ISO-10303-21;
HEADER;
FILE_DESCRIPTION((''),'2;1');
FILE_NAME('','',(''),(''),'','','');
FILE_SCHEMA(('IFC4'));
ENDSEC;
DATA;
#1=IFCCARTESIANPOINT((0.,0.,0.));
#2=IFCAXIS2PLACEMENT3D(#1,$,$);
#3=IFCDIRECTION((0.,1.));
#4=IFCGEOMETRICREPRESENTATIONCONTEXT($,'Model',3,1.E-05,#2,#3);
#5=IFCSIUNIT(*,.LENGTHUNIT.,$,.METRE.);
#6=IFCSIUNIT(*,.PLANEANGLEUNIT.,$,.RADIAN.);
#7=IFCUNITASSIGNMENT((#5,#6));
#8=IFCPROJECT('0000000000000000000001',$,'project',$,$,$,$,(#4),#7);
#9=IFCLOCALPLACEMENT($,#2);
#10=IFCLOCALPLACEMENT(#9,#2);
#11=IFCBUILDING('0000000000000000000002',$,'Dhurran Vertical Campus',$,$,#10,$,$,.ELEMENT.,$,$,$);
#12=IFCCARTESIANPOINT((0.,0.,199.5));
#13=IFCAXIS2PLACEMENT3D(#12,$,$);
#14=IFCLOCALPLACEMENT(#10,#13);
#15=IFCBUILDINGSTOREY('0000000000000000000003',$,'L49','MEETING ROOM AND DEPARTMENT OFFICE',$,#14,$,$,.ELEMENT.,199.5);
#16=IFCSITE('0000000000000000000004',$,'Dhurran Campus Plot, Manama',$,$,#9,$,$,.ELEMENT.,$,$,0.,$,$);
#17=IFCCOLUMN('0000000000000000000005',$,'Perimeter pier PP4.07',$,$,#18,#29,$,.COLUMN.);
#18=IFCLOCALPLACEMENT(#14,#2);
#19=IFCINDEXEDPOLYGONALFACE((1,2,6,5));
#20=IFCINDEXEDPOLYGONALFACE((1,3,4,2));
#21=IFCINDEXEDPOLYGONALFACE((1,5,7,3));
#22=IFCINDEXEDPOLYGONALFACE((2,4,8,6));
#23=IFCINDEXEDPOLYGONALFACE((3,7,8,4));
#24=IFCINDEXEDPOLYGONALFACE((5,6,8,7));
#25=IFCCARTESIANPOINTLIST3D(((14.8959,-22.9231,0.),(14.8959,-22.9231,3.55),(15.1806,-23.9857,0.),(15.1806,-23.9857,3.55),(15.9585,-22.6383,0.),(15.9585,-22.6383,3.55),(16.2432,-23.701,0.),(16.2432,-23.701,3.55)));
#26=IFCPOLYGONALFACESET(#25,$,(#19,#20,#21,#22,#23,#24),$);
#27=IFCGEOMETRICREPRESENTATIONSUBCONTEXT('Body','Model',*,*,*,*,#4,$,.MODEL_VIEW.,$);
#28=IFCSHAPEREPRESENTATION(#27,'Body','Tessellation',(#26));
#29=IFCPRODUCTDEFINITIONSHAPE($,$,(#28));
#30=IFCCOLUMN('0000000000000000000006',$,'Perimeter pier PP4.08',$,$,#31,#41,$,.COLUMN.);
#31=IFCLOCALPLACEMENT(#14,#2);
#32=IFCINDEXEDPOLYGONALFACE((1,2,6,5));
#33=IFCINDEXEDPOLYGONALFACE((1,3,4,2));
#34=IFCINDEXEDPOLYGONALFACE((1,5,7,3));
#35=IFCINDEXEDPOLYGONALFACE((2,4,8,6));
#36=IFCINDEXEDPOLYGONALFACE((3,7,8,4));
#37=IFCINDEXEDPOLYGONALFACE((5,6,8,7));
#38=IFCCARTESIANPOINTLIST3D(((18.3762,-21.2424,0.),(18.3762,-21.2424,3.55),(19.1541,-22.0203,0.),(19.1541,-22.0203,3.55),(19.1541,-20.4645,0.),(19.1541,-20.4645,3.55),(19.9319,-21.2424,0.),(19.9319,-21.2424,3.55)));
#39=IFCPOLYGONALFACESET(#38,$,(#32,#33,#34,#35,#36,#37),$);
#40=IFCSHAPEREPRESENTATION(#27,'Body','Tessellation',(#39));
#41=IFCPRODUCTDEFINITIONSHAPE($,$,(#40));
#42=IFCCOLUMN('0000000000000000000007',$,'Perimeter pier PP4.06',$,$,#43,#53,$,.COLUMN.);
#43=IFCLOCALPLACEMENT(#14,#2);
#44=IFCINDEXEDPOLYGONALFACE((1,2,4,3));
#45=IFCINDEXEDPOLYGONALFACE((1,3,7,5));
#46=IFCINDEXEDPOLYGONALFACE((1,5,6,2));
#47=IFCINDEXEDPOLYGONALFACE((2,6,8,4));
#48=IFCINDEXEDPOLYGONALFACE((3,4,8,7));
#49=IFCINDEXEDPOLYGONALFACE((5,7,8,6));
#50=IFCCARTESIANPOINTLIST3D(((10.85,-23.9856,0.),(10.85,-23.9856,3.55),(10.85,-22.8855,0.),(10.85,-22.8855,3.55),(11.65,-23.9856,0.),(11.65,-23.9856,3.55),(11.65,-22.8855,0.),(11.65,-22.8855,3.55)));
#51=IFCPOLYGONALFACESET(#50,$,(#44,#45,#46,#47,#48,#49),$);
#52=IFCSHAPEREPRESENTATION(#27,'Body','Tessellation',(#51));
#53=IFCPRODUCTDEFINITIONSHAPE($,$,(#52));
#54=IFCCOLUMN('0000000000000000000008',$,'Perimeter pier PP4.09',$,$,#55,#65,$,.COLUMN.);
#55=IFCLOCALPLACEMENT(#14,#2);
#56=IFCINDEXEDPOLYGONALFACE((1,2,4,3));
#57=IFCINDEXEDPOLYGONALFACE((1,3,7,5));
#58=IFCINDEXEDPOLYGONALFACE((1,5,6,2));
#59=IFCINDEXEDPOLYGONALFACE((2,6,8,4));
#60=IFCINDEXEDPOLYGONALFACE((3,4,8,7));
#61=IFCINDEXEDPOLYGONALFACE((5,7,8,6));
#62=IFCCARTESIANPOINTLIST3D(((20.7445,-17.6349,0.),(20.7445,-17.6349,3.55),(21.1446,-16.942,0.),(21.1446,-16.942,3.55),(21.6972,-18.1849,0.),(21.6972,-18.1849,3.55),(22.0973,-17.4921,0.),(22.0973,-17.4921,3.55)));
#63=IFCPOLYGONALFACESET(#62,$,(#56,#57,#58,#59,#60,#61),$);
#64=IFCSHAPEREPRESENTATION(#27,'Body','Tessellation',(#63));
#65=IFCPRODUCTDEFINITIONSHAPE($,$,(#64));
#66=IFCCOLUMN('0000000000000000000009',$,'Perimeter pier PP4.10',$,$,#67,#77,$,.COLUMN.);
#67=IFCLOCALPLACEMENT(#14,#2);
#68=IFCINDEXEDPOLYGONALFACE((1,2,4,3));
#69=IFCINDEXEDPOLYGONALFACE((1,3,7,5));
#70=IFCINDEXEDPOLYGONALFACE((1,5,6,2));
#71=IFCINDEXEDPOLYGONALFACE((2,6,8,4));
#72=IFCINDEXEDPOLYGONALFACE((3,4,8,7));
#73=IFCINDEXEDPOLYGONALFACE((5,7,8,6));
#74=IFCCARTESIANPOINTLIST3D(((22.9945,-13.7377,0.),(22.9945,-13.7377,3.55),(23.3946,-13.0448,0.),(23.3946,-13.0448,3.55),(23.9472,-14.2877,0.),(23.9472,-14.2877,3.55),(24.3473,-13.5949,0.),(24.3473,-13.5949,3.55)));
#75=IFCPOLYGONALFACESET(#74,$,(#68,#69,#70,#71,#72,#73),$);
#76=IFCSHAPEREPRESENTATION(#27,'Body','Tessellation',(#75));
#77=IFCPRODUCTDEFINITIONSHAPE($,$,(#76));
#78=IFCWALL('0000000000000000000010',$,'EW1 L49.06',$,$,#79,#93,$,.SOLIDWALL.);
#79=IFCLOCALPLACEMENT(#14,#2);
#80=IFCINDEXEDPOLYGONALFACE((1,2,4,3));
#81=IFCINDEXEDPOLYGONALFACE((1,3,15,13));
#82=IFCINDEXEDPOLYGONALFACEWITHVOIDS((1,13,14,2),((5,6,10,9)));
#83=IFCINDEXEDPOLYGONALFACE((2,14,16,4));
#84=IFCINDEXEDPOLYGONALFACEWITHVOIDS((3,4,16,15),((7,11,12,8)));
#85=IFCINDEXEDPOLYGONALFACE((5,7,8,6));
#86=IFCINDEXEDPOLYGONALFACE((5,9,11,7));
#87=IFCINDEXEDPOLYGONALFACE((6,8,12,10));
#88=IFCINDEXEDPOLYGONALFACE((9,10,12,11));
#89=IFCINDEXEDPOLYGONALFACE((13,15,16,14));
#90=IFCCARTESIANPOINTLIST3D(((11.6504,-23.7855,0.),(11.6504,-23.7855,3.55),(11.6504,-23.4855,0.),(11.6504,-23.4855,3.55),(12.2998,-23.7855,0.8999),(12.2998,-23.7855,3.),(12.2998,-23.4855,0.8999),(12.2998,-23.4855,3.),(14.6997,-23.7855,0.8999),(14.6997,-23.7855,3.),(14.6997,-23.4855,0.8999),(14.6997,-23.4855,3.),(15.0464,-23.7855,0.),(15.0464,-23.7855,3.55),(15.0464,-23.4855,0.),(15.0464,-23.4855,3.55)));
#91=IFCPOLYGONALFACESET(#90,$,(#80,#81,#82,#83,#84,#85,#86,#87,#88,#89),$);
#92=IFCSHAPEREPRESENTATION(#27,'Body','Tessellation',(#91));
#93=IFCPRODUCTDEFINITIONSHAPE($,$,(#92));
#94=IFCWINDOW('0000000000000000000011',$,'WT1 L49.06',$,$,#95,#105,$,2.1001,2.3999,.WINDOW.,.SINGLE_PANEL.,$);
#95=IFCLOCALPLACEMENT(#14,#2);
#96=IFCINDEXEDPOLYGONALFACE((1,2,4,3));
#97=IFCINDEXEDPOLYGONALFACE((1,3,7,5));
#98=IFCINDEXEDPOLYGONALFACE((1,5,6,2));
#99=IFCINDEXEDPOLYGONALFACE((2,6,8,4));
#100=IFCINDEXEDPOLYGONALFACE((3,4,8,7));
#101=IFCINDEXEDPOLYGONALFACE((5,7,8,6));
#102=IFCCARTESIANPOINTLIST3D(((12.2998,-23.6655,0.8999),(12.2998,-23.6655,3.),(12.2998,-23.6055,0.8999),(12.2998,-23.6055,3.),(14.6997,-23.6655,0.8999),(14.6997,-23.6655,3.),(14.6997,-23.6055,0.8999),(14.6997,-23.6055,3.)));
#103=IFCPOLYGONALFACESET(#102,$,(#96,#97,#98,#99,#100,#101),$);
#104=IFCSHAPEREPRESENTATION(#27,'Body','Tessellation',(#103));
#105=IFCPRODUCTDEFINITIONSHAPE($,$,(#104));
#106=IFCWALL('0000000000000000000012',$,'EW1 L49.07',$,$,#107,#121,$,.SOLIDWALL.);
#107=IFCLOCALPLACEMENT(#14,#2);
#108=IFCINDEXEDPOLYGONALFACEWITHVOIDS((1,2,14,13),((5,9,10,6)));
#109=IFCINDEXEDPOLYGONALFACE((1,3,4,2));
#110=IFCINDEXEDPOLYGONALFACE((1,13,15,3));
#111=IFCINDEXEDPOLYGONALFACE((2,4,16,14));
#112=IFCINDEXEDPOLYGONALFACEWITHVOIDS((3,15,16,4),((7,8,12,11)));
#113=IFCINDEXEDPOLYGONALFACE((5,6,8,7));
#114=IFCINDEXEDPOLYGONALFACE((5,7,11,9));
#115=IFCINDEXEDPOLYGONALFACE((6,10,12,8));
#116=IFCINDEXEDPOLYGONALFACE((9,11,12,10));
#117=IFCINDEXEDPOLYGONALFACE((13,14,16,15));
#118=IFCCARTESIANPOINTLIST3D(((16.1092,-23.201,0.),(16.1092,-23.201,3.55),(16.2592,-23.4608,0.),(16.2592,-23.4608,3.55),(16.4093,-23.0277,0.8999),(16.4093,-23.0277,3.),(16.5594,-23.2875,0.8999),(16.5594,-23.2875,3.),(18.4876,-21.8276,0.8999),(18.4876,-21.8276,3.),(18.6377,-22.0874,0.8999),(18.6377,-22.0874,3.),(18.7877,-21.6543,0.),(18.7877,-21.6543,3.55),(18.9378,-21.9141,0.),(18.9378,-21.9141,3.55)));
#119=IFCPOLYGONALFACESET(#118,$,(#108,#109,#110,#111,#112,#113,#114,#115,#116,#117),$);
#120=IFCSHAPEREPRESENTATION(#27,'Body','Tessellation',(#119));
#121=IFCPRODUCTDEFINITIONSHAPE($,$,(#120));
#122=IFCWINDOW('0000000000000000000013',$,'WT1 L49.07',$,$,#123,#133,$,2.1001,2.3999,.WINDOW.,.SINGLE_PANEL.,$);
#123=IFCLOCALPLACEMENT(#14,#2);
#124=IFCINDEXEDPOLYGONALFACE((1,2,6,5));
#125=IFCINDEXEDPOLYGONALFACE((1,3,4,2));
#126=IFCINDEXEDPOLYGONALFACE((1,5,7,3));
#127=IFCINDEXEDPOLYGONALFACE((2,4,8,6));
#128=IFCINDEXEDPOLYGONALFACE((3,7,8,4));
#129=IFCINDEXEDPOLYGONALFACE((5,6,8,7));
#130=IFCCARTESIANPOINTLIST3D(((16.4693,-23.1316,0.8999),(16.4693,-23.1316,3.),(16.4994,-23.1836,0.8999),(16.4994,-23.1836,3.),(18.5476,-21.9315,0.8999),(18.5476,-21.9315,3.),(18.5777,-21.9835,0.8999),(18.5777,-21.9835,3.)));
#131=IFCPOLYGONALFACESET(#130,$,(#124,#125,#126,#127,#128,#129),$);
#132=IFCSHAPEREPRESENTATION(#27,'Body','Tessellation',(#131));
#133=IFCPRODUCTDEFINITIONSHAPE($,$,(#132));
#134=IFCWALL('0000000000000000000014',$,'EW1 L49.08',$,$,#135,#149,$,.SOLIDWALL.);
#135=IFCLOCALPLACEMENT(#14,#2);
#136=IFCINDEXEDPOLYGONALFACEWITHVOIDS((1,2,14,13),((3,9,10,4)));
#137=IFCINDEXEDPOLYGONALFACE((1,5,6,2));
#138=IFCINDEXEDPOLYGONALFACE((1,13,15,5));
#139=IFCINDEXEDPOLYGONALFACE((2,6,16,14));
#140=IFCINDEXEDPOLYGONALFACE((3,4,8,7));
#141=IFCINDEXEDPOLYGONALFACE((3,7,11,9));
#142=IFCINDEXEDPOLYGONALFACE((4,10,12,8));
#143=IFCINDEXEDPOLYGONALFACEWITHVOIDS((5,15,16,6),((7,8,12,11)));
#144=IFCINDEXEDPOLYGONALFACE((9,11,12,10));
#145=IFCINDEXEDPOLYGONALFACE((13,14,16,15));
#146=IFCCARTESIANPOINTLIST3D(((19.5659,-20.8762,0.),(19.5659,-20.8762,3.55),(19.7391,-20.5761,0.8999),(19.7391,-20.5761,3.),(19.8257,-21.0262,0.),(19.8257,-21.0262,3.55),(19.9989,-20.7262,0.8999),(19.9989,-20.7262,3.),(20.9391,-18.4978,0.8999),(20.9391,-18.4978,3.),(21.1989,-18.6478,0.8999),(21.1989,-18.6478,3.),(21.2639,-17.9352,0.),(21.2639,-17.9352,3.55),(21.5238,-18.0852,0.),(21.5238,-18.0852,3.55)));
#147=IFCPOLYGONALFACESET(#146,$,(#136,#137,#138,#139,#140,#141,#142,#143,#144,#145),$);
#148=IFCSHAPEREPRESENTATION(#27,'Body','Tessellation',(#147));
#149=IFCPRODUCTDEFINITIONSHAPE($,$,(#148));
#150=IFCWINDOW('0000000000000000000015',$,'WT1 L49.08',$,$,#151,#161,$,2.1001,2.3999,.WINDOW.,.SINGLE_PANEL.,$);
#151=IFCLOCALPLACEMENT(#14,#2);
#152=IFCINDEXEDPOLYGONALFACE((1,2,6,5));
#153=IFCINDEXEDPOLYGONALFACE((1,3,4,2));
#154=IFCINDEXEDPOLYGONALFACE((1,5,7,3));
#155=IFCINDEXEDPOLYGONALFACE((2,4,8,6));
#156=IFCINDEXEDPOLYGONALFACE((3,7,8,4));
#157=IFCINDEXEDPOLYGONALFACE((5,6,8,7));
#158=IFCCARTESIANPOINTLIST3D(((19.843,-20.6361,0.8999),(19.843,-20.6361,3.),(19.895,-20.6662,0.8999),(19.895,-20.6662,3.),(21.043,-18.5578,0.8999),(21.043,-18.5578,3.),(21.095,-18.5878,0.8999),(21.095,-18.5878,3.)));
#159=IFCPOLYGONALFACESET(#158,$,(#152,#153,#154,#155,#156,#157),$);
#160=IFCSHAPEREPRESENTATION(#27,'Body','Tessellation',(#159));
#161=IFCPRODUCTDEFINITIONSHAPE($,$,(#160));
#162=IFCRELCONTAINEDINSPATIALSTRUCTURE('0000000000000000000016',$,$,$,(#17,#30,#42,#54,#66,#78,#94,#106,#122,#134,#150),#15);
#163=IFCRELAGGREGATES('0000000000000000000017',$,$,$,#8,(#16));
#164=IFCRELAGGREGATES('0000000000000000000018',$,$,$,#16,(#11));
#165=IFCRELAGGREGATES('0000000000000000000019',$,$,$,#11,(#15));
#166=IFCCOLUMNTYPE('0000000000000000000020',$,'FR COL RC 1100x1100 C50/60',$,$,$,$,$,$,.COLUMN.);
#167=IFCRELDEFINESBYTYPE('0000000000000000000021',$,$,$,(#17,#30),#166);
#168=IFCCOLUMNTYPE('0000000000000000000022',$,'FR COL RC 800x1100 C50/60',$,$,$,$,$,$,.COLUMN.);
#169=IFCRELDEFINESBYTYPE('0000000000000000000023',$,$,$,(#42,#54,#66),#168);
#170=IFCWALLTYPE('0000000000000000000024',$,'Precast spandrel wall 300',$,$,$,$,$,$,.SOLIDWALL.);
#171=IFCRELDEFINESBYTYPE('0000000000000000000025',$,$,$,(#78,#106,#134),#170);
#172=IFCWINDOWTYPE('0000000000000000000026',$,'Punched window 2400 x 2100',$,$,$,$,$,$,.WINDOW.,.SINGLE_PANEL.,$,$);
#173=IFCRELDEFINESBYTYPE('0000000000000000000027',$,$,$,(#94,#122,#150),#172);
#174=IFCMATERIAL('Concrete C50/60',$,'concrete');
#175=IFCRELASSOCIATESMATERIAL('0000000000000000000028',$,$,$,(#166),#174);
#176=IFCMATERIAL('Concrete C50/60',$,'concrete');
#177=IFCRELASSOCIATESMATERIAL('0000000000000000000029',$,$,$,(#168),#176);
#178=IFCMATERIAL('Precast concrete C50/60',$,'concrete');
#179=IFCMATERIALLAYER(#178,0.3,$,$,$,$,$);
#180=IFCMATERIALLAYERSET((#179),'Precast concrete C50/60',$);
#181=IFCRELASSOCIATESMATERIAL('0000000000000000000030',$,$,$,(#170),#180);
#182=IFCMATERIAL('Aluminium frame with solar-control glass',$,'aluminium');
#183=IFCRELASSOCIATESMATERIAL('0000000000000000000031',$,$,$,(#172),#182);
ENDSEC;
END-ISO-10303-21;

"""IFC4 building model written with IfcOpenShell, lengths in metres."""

from ifc_helpers import new_model, si_unit, direction, frame, frame_2d, origin, origin_2d, place, context, subcontext, project, spatial, rectangle, extrude, material, layer, layer_set, material_profile, profile_set, type_object, element, fill, save


model = new_model("IFC4")

# Units and contexts
model_context = context("Model", 3, precision=1e-05, world=origin(), true_north=direction((0.0, 1.0)))
body_context = subcontext(model_context, "Body", "Model", "MODEL_VIEW")
ifc_project = project(units=[si_unit("LENGTHUNIT", "METRE"), si_unit("PLANEANGLEUNIT", "RADIAN")], contexts=[model_context])

# Site, building, storey
site_placement = place(None, origin())
site = spatial("IfcSite", under=ifc_project, at=site_placement, Name="Dhurran Campus Plot, Manama", CompositionType="ELEMENT", RefElevation=0.0)
building_placement = place(site_placement, origin())
building = spatial("IfcBuilding", under=site, at=building_placement, Name="Dhurran Vertical Campus", CompositionType="ELEMENT")
storey_placement = place(building_placement, frame((0.0, 0.0, 199.5)))
storey = spatial("IfcBuildingStorey", under=building, at=storey_placement, Name="L49", Description="MEETING ROOM AND DEPARTMENT OFFICE", CompositionType="ELEMENT", Elevation=199.5)

# Columns
ifc_material_1 = material(Name="Concrete C50/60", Category="concrete")
ifc_material_profile_1 = material_profile(ifc_material_1, rectangle(XDim=1.1001, YDim=1.1001, at=origin_2d()), Name="RC 1100x1100")
ifc_profile_set_1 = profile_set([ifc_material_profile_1], Name="Concrete C50/60")
column_type_1 = type_object("IfcColumnType", Name="FR COL RC 1100x1100 C50/60", PredefinedType="COLUMN", material=ifc_profile_set_1)
for number, where, z_axis, x_axis, name in (
    (1, (15.5696, -23.312, 0.0), (0.0, 0.0, 1.0), (0.965926, 0.258819, 0.0), "Perimeter pier PP4.07"),
    (2, (19.1541, -21.2424, 0.0), (0.0, 0.0, 1.0), (0.707107, 0.707107, 0.0), "Perimeter pier PP4.08"),
):
    element("IfcColumn", number, at=place(storey_placement, frame(where, z_axis=z_axis, x_axis=x_axis)), inside=storey, type_object=column_type_1, Name=name, PredefinedType="COLUMN", context=body_context, shape_type="SweptSolid", body=[
        extrude(rectangle(XDim=1.1001, YDim=1.1001, at=origin_2d()), origin(), (0.0, 0.0, 1.0), 3.55),
    ])
ifc_material_2 = material(Name="Concrete C50/60", Category="concrete")
ifc_material_profile_2 = material_profile(ifc_material_2, rectangle(XDim=0.8, YDim=1.1001, at=origin_2d()), Name="RC 800x1100")
ifc_profile_set_2 = profile_set([ifc_material_profile_2], Name="Concrete C50/60")
column_type_2 = type_object("IfcColumnType", Name="FR COL RC 800x1100 C50/60", PredefinedType="COLUMN", material=ifc_profile_set_2)
for number, where, z_axis, x_axis, name in (
    (3, (11.25, -23.4355, 0.0), (0.0, 0.0, 1.0), (1.0, 0.0, 0.0), "Perimeter pier PP4.06"),
    (4, (21.4209, -17.5635, 0.0), (0.0, 0.0, 1.0), (0.5, 0.866025, 0.0), "Perimeter pier PP4.09"),
    (5, (23.6709, -13.6663, 0.0), (0.0, 0.0, 1.0), (0.5, 0.866025, 0.0), "Perimeter pier PP4.10"),
):
    element("IfcColumn", number, at=place(storey_placement, frame(where, z_axis=z_axis, x_axis=x_axis)), inside=storey, type_object=column_type_2, Name=name, PredefinedType="COLUMN", context=body_context, shape_type="SweptSolid", body=[
        extrude(rectangle(XDim=0.8, YDim=1.1001, at=origin_2d()), origin(), (0.0, 0.0, 1.0), 3.55),
    ])

# Walls, openings, windows
ifc_material_3 = material(Name="Precast concrete C50/60", Category="concrete")
ifc_layer_1 = layer(ifc_material_3, 0.3)
ifc_layer_set_1 = layer_set([ifc_layer_1], Name="Precast concrete C50/60")
wall_type_1 = type_object("IfcWallType", Name="Precast spandrel wall 300", PredefinedType="SOLIDWALL", material=ifc_layer_set_1)
wall_1_placement = place(storey_placement, frame((11.6504, -23.6355, 0.0), z_axis=(0.0, 0.0, 1.0), x_axis=(1.0, 0.0, 0.0)))
wall_1 = element("IfcWall", 6, at=wall_1_placement, inside=storey, type_object=wall_type_1, Name="EW1 L49.06", PredefinedType="SOLIDWALL", context=body_context, shape_type="SweptSolid", body=[
    extrude(rectangle(XDim=3.396, YDim=0.3, at=frame_2d((1.698, 0.0))), origin(), (0.0, 0.0, 1.0), 3.55),
])
opening_1_placement = place(wall_1_placement, frame((0.6494, 0.0, 0.8999)))
opening_1 = element("IfcOpeningElement", 7, at=opening_1_placement, cuts=wall_1, PredefinedType="OPENING", context=body_context, shape_type="SweptSolid", body=[
    extrude(rectangle(XDim=2.3999, YDim=2.1001, at=frame_2d((1.2, 1.05))), frame((0.0, 0.1599, 0.0), z_axis=(0.0, -1.0, 0.0), x_axis=(1.0, 0.0, 0.0)), (0.0, 0.0, 1.0), 0.3201),
])
ifc_material_4 = material(Name="Aluminium frame with solar-control glass", Category="aluminium")
window_type = type_object("IfcWindowType", Name="Punched window 2400 x 2100", PartitioningType="SINGLE_PANEL", PredefinedType="WINDOW", material=ifc_material_4)
window_1_placement = place(opening_1_placement, origin())
window_1 = element("IfcWindow", 8, at=window_1_placement, inside=storey, type_object=window_type, Name="WT1 L49.06", OverallHeight=2.1001, OverallWidth=2.3999, PartitioningType="SINGLE_PANEL", PredefinedType="WINDOW", context=body_context, shape_type="SweptSolid", body=[
    extrude(rectangle(XDim=2.3999, YDim=2.1001, at=frame_2d((1.2, 1.05))), frame((0.0, 0.03, 0.0), z_axis=(0.0, -1.0, 0.0), x_axis=(1.0, 0.0, 0.0)), (0.0, 0.0, 1.0), 0.0601),
])
fill(opening_1, window_1)
wall_2_placement = place(storey_placement, frame((16.1843, -23.3308, 0.0), z_axis=(0.0, 0.0, 1.0), x_axis=(0.865995, 0.500053, 0.0)))
wall_2 = element("IfcWall", 9, at=wall_2_placement, inside=storey, type_object=wall_type_1, Name="EW1 L49.07", PredefinedType="SOLIDWALL", context=body_context, shape_type="SweptSolid", body=[
    extrude(rectangle(XDim=3.093, YDim=0.3, at=frame_2d((1.5464, 0.0))), origin(), (0.0, 0.0, 1.0), 3.55),
])
opening_2_placement = place(wall_2_placement, frame((0.3464, 0.0, 0.8999)))
opening_2 = element("IfcOpeningElement", 10, at=opening_2_placement, cuts=wall_2, PredefinedType="OPENING", context=body_context, shape_type="SweptSolid", body=[
    extrude(rectangle(XDim=2.3999, YDim=2.1001, at=frame_2d((1.2, 1.05))), frame((0.0, 0.1599, 0.0), z_axis=(0.0, -1.0, 0.0), x_axis=(1.0, 0.0, 0.0)), (0.0, 0.0, 1.0), 0.3201),
])
window_2_placement = place(opening_2_placement, origin())
window_2 = element("IfcWindow", 11, at=window_2_placement, inside=storey, type_object=window_type, Name="WT1 L49.07", OverallHeight=2.1001, OverallWidth=2.3999, PartitioningType="SINGLE_PANEL", PredefinedType="WINDOW", context=body_context, shape_type="SweptSolid", body=[
    extrude(rectangle(XDim=2.3999, YDim=2.1001, at=frame_2d((1.2, 1.05))), frame((0.0, 0.03, 0.0), z_axis=(0.0, -1.0, 0.0), x_axis=(1.0, 0.0, 0.0)), (0.0, 0.0, 1.0), 0.0601),
])
fill(opening_2, window_2)
wall_3_placement = place(storey_placement, frame((19.6958, -20.9512, 0.0), z_axis=(0.0, 0.0, 1.0), x_axis=(0.500013, 0.866018, 0.0)))
wall_3 = element("IfcWall", 12, at=wall_3_placement, inside=storey, type_object=wall_type_1, Name="EW1 L49.08", PredefinedType="SOLIDWALL", context=body_context, shape_type="SweptSolid", body=[
    extrude(rectangle(XDim=3.396, YDim=0.3, at=frame_2d((1.698, 0.0))), origin(), (0.0, 0.0, 1.0), 3.55),
])
opening_3_placement = place(wall_3_placement, frame((0.3464, 0.0, 0.8999)))
opening_3 = element("IfcOpeningElement", 13, at=opening_3_placement, cuts=wall_3, PredefinedType="OPENING", context=body_context, shape_type="SweptSolid", body=[
    extrude(rectangle(XDim=2.3999, YDim=2.1001, at=frame_2d((1.2, 1.05))), frame((0.0, 0.1599, 0.0), z_axis=(0.0, -1.0, 0.0), x_axis=(1.0, 0.0, 0.0)), (0.0, 0.0, 1.0), 0.3201),
])
window_3_placement = place(opening_3_placement, origin())
window_3 = element("IfcWindow", 14, at=window_3_placement, inside=storey, type_object=window_type, Name="WT1 L49.08", OverallHeight=2.1001, OverallWidth=2.3999, PartitioningType="SINGLE_PANEL", PredefinedType="WINDOW", context=body_context, shape_type="SweptSolid", body=[
    extrude(rectangle(XDim=2.3999, YDim=2.1001, at=frame_2d((1.2, 1.05))), frame((0.0, 0.03, 0.0), z_axis=(0.0, -1.0, 0.0), x_axis=(1.0, 0.0, 0.0)), (0.0, 0.0, 1.0), 0.0601),
])
fill(opening_3, window_3)

save(model, "model.ifc")
